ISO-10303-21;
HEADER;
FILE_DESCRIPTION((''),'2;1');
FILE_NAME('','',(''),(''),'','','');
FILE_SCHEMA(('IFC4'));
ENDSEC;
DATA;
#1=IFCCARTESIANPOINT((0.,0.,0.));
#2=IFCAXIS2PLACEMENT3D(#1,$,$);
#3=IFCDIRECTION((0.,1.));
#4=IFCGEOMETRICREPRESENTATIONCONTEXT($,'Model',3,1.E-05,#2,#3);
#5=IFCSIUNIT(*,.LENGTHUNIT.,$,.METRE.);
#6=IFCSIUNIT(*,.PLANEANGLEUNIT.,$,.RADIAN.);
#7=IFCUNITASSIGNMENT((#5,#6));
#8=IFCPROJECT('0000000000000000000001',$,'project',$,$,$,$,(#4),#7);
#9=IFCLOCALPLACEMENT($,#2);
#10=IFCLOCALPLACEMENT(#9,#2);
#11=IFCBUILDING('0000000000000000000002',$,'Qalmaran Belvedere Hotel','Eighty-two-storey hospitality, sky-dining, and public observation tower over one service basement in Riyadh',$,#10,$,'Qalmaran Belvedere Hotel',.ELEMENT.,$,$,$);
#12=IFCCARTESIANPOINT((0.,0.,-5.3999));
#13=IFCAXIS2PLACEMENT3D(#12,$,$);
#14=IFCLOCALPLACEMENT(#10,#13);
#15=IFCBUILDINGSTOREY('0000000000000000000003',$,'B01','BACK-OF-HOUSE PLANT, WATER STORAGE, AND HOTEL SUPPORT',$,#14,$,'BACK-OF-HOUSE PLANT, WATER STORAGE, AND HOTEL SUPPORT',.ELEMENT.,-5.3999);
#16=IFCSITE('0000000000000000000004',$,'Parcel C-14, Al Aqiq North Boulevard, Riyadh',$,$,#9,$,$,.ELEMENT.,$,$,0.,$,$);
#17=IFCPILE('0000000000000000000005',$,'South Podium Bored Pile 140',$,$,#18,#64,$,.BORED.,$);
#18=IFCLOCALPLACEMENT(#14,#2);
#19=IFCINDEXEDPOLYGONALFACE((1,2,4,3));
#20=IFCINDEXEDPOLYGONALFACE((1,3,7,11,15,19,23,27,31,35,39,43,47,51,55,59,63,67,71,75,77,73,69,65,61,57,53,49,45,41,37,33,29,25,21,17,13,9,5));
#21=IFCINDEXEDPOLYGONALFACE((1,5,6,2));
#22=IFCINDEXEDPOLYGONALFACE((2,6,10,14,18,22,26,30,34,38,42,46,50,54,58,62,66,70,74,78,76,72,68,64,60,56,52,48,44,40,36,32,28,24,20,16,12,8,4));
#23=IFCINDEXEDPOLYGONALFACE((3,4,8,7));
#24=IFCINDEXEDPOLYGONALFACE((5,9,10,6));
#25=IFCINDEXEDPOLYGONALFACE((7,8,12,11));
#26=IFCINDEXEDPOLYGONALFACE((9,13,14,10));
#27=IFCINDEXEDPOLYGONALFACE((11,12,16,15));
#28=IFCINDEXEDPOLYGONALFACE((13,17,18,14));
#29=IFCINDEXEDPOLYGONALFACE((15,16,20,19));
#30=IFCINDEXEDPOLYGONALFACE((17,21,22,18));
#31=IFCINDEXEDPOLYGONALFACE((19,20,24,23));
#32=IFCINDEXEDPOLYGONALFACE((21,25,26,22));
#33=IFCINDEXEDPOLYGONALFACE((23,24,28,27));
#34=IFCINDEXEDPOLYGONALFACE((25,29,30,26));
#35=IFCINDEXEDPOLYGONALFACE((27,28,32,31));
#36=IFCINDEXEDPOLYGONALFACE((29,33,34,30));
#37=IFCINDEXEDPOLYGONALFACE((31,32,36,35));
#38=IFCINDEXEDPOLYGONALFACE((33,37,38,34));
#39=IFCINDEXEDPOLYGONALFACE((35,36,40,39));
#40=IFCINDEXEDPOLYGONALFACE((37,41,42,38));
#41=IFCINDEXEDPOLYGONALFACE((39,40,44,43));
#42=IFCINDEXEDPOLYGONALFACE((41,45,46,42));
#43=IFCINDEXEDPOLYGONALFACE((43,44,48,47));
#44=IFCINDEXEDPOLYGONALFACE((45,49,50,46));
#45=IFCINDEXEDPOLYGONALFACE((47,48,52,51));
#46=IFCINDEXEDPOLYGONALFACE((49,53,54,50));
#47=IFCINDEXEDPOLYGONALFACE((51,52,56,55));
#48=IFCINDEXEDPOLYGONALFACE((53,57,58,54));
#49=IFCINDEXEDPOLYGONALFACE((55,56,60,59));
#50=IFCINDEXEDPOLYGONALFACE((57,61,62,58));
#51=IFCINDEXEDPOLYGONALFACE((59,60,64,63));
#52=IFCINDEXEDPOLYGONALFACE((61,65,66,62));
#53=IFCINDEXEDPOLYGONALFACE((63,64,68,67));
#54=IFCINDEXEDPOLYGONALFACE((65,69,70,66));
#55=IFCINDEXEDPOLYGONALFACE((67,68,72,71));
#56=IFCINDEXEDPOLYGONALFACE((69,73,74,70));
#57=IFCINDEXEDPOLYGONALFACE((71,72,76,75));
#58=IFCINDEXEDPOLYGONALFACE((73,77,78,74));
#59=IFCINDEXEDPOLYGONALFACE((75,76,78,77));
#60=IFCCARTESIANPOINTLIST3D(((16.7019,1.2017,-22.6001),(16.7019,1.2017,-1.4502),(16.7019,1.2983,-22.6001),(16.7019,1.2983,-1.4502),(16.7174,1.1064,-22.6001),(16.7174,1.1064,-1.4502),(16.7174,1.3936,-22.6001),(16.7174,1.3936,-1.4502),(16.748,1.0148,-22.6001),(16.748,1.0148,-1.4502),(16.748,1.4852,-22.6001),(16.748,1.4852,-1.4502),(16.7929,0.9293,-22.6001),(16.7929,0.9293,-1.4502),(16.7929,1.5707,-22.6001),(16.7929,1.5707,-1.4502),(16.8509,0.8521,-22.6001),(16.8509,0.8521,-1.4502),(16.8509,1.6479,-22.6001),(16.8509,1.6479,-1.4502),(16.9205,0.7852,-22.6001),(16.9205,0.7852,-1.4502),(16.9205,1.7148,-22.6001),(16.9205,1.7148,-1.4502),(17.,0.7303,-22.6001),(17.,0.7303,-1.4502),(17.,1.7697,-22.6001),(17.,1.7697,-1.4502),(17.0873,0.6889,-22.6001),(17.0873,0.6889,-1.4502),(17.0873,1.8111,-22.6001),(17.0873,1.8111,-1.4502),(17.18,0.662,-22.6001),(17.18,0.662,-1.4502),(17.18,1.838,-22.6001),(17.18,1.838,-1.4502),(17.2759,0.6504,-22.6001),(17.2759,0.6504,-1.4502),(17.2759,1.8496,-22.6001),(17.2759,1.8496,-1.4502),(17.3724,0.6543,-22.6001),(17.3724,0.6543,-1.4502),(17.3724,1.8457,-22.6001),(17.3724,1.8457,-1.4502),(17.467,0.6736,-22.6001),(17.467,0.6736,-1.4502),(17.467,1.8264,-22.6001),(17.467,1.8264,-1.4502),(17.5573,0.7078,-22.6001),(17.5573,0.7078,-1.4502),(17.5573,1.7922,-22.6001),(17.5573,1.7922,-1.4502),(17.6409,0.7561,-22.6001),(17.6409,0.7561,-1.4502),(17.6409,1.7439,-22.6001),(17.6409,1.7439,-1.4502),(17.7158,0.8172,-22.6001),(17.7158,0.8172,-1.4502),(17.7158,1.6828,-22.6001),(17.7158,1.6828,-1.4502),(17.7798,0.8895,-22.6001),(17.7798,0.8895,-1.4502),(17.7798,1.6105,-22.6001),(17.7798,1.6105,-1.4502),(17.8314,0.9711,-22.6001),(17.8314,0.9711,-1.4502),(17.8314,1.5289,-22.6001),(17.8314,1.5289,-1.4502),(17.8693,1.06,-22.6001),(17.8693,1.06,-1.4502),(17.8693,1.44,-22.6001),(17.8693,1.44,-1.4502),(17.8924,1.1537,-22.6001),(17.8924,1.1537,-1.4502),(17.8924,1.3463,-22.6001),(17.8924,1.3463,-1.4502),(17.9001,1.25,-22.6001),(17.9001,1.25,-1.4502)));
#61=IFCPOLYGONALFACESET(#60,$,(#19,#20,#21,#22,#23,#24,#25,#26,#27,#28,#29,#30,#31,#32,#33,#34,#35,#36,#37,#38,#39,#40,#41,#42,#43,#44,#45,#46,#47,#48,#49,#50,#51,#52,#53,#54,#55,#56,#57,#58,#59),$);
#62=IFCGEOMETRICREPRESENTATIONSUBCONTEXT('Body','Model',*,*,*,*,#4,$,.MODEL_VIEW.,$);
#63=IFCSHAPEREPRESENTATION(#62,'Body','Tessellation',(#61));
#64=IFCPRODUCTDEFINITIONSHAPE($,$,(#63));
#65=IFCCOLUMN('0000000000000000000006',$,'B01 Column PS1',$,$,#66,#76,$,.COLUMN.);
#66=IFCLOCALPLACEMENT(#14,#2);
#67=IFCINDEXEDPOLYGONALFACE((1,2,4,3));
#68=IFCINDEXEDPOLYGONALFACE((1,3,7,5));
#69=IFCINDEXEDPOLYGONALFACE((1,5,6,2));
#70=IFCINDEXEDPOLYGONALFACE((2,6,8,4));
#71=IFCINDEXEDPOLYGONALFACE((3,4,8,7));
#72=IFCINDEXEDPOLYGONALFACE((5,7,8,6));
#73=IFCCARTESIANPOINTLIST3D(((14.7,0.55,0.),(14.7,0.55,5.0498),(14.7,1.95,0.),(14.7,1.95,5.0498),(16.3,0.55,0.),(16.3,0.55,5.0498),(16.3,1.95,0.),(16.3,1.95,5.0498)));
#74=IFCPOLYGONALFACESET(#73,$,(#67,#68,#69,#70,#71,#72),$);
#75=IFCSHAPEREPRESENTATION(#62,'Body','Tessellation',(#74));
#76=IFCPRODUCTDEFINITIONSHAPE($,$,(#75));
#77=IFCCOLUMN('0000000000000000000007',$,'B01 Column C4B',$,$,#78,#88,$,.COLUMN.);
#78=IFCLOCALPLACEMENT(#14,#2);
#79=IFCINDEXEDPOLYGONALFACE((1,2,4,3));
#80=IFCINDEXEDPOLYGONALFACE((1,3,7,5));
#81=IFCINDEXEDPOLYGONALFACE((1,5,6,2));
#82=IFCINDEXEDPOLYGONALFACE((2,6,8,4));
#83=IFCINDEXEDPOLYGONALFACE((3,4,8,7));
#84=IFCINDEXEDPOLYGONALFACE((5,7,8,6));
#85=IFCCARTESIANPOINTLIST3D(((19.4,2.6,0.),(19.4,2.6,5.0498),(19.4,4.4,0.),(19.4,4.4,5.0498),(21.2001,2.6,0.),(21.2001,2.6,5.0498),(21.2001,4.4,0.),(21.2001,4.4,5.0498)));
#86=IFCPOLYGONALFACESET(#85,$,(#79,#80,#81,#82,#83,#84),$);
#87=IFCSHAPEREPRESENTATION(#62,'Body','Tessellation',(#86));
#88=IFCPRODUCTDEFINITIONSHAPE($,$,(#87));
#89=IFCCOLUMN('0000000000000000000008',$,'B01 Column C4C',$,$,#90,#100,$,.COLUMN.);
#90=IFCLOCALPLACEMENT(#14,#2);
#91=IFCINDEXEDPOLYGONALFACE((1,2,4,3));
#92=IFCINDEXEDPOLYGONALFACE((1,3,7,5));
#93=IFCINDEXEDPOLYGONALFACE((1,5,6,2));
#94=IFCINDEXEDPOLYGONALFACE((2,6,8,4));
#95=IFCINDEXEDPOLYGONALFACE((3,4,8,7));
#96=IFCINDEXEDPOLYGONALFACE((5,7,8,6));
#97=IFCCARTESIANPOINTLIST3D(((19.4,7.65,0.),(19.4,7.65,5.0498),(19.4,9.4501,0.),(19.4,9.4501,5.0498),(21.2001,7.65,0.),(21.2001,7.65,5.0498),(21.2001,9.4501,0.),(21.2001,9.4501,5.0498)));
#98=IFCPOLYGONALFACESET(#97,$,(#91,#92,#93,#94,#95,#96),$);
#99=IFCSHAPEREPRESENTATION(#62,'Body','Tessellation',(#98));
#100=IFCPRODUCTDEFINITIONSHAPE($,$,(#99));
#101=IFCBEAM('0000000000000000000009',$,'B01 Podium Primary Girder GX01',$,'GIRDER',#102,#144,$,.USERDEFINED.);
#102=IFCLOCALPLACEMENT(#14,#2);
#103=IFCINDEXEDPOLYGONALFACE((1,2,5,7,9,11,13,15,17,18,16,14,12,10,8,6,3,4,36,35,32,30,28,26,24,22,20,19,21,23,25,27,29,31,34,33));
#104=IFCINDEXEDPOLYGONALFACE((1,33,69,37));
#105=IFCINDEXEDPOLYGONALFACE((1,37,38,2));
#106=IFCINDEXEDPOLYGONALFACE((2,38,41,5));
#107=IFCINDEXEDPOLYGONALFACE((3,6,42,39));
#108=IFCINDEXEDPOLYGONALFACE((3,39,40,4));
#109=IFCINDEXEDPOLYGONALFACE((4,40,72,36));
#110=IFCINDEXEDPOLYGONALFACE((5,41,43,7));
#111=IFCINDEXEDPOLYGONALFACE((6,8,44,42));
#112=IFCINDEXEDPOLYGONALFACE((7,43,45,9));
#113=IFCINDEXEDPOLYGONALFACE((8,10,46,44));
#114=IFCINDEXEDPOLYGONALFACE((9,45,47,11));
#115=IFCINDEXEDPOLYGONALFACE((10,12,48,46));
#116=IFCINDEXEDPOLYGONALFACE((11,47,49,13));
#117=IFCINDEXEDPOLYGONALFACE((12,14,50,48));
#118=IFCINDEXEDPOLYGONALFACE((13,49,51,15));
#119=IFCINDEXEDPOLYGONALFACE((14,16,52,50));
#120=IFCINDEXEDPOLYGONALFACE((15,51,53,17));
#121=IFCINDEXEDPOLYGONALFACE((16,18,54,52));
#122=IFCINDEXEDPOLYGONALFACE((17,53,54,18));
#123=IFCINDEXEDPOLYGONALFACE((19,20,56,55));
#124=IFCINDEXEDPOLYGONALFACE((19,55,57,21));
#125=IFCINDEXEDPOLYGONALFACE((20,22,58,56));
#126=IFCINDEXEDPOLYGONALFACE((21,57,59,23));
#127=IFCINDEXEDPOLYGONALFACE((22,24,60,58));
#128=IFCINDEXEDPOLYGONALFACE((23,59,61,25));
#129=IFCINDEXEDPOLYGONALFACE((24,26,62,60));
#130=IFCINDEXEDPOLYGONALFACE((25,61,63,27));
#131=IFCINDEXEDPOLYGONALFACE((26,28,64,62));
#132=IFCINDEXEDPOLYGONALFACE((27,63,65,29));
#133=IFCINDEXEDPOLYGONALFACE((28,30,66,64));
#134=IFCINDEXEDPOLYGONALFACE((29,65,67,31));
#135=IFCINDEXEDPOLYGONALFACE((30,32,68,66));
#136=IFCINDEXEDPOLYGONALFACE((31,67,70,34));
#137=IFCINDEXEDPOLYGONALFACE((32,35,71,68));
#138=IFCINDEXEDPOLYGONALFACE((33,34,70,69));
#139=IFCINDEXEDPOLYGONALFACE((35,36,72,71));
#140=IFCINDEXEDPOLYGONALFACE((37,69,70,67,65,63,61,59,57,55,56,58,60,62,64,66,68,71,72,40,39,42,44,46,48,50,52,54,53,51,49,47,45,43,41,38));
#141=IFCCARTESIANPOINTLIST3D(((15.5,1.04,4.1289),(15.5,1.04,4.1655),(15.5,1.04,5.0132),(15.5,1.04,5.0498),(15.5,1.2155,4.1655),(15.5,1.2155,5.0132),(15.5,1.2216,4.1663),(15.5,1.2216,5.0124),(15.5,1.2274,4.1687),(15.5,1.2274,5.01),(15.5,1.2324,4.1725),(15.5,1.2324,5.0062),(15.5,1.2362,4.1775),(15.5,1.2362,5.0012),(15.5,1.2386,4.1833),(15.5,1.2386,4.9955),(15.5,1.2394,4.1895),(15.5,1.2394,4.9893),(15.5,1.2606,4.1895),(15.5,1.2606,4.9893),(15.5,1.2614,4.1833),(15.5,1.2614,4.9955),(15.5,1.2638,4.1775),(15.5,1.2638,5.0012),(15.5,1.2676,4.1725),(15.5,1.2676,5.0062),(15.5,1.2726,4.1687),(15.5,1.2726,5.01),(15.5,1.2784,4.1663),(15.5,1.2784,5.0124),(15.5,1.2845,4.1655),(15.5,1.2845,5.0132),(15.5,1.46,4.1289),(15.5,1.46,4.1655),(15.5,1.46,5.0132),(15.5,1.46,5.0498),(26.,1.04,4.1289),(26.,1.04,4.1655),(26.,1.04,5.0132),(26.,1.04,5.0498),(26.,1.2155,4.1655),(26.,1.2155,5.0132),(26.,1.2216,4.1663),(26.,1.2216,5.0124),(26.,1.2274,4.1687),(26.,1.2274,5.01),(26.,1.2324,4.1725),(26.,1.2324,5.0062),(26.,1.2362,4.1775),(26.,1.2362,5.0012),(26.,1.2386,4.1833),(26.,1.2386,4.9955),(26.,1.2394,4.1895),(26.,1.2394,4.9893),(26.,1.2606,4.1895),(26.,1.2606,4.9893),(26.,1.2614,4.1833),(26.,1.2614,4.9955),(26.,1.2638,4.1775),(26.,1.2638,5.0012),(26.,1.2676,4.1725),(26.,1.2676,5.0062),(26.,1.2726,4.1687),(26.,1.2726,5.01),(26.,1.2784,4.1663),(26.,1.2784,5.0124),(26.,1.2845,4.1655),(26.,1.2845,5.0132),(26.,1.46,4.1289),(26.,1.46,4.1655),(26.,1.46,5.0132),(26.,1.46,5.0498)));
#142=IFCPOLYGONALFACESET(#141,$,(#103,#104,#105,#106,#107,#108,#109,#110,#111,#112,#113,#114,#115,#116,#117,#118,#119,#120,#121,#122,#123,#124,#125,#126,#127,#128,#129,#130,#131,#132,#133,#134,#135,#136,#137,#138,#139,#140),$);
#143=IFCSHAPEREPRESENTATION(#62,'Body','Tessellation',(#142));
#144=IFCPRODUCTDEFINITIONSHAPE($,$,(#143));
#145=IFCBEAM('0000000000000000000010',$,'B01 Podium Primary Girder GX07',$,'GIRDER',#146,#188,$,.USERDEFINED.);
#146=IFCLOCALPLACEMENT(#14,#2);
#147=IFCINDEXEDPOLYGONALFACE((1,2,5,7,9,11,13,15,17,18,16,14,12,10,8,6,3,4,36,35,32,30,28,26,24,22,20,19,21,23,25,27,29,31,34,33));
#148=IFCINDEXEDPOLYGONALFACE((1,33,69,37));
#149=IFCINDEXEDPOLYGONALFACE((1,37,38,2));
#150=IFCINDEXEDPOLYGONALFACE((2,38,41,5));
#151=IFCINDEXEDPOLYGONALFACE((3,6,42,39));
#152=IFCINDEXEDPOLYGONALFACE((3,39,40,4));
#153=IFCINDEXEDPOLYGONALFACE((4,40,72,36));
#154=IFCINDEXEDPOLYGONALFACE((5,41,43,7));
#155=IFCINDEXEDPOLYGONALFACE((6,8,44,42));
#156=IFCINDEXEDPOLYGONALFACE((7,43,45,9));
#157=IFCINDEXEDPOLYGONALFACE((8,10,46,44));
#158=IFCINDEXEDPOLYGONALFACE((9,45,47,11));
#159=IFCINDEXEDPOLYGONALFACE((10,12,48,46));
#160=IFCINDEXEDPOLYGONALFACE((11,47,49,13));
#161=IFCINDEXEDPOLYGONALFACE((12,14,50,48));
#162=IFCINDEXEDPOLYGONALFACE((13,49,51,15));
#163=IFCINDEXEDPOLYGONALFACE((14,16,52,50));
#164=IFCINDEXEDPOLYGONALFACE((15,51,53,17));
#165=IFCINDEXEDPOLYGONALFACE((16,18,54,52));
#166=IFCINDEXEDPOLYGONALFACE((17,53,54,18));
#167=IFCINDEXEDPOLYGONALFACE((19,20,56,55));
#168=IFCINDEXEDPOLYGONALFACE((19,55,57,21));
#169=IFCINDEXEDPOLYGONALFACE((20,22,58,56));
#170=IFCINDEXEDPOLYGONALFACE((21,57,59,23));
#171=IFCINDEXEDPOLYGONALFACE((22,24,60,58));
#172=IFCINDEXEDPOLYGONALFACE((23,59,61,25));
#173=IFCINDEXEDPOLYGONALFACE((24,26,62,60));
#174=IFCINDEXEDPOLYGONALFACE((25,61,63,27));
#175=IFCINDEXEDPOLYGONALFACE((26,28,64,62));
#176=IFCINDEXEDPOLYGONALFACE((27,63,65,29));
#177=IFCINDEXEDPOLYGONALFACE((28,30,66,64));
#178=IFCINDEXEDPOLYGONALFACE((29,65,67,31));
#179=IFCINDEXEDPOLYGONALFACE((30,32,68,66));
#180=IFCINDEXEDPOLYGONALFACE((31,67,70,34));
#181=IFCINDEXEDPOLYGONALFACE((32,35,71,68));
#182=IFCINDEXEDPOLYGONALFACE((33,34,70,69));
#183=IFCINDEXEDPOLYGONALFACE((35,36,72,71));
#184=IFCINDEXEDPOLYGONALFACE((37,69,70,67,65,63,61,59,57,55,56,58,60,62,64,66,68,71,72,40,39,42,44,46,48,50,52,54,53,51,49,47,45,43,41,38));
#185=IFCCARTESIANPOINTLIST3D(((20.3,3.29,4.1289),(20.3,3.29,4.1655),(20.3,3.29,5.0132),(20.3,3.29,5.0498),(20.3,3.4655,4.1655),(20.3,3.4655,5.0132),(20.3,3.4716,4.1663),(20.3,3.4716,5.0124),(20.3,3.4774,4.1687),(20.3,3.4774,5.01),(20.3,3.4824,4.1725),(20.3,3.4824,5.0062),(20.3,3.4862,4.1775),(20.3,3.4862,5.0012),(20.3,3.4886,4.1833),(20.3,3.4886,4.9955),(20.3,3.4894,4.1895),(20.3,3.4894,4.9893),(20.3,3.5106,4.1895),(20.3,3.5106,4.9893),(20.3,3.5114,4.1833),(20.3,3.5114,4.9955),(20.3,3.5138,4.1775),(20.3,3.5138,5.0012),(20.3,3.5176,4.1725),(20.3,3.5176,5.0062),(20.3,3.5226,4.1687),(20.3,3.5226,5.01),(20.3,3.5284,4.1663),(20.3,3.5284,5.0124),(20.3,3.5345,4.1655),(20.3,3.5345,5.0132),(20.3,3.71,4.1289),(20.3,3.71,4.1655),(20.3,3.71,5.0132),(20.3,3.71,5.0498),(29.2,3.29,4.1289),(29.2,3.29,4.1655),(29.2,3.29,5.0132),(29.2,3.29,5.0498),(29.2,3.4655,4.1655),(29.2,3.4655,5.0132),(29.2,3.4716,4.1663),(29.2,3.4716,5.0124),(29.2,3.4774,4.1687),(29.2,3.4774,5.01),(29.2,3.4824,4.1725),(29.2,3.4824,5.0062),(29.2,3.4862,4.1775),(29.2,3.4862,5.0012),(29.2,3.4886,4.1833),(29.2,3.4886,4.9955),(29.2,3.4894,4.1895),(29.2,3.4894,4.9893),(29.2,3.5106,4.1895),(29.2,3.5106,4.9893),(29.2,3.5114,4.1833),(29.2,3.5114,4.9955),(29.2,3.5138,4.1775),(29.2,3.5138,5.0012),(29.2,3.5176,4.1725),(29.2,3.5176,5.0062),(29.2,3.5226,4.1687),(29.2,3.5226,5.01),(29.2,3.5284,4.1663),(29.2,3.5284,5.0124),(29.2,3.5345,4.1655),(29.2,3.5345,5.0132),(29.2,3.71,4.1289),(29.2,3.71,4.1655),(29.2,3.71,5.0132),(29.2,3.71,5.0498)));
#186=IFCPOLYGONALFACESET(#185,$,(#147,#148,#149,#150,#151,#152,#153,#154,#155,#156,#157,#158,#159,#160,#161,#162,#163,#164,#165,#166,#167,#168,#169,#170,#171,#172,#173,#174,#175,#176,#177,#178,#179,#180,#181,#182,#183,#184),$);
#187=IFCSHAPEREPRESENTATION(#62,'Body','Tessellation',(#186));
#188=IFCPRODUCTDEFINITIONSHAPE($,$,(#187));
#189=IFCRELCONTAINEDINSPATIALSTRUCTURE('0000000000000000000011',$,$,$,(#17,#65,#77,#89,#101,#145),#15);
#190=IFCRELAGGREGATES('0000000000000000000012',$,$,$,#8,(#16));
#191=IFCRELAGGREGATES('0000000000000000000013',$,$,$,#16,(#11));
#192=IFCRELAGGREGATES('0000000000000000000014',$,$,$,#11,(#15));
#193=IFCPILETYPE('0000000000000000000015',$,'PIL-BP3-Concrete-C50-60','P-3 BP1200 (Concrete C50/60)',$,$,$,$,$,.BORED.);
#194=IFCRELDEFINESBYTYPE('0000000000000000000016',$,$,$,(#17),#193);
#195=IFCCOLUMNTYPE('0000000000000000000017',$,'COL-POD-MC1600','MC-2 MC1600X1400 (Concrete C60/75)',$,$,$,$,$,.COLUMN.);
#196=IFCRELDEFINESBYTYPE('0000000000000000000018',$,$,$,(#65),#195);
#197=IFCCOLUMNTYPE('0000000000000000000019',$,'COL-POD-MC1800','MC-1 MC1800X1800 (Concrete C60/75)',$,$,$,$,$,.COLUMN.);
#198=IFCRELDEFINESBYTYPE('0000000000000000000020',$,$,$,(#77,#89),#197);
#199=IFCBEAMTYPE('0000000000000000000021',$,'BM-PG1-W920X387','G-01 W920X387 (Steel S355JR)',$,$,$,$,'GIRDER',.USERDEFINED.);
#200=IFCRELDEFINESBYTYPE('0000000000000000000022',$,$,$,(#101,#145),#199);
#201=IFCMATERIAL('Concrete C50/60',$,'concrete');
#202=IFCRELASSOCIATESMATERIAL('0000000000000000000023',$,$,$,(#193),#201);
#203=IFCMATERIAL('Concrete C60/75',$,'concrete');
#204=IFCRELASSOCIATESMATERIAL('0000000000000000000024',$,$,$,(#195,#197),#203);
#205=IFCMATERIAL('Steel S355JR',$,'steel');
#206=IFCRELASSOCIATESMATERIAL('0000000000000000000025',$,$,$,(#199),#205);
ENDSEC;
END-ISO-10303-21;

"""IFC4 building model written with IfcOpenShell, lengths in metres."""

from ifc_helpers import new_model, si_unit, direction, frame, origin, origin_2d, place, context, subcontext, project, spatial, rectangle, circle, i_section, extrude, material, material_profile, profile_set, type_object, element, save


model = new_model("IFC4")

# Units and contexts
model_context = context("Model", 3, precision=1e-05, world=origin(), true_north=direction((0.0, 1.0)))
body_context = subcontext(model_context, "Body", "Model", "MODEL_VIEW")
ifc_project = project(units=[si_unit("LENGTHUNIT", "METRE"), si_unit("PLANEANGLEUNIT", "RADIAN")], contexts=[model_context])

# Site, building, storey
site_placement = place(None, origin())
site = spatial("IfcSite", under=ifc_project, at=site_placement, Name="Parcel C-14, Al Aqiq North Boulevard, Riyadh", CompositionType="ELEMENT", RefElevation=0.0)
building_placement = place(site_placement, origin())
building = spatial("IfcBuilding", under=site, at=building_placement, Name="Qalmaran Belvedere Hotel", Description="Eighty-two-storey hospitality, sky-dining, and public observation tower over one service basement in Riyadh", LongName="Qalmaran Belvedere Hotel", CompositionType="ELEMENT")
storey_placement = place(building_placement, frame((0.0, 0.0, -5.3999)))
storey = spatial("IfcBuildingStorey", under=building, at=storey_placement, Name="B01", Description="BACK-OF-HOUSE PLANT, WATER STORAGE, AND HOTEL SUPPORT", LongName="BACK-OF-HOUSE PLANT, WATER STORAGE, AND HOTEL SUPPORT", CompositionType="ELEMENT", Elevation=-5.3999)

# Shared definitions
ifc_material_1 = material(Name="Concrete C50/60", Category="concrete")

# Pile
ifc_material_profile_1 = material_profile(ifc_material_1, circle(Radius=0.6001, at=origin_2d()), Name="BP1200")
ifc_profile_set_1 = profile_set([ifc_material_profile_1], Name="Concrete C50/60")
pile_type_1 = type_object("IfcPileType", Name="PIL-BP3-Concrete-C50-60", Description="P-3 BP1200 (Concrete C50/60)", PredefinedType="BORED", material=ifc_profile_set_1)
pile_placement = place(storey_placement, frame((17.3, 1.25, -1.4502), z_axis=(0.0, 0.0, -1.0), x_axis=(1.0, 0.0, 0.0)))
element("IfcPile", 1, at=pile_placement, inside=storey, type_object=pile_type_1, Name="South Podium Bored Pile 140", PredefinedType="BORED", context=body_context, shape_type="SweptSolid", body=[
    extrude(circle(Radius=0.6001, at=origin_2d()), origin(), (0.0, 0.0, 1.0), 21.1499),
])

# Columns
ifc_material_2 = material(Name="Concrete C60/75", Category="concrete")
ifc_material_profile_2 = material_profile(ifc_material_2, rectangle(XDim=1.6001, YDim=1.3999, at=origin_2d()), Name="MC1600X1400")
ifc_profile_set_2 = profile_set([ifc_material_profile_2], Name="Concrete C60/75")
column_type_1 = type_object("IfcColumnType", Name="COL-POD-MC1600", Description="MC-2 MC1600X1400 (Concrete C60/75)", PredefinedType="COLUMN", material=ifc_profile_set_2)
column_placement = place(storey_placement, frame((15.5, 1.25, 0.0), z_axis=(0.0, 0.0, 1.0), x_axis=(1.0, 0.0, 0.0)))
element("IfcColumn", 2, at=column_placement, inside=storey, type_object=column_type_1, Name="B01 Column PS1", PredefinedType="COLUMN", context=body_context, shape_type="SweptSolid", body=[
    extrude(rectangle(XDim=1.6001, YDim=1.3999, at=origin_2d()), origin(), (0.0, 0.0, 1.0), 5.0498),
])
ifc_material_profile_3 = material_profile(ifc_material_2, rectangle(XDim=1.8, YDim=1.8, at=origin_2d()), Name="MC1800X1800")
ifc_profile_set_3 = profile_set([ifc_material_profile_3], Name="Concrete C60/75")
column_type_2 = type_object("IfcColumnType", Name="COL-POD-MC1800", Description="MC-1 MC1800X1800 (Concrete C60/75)", PredefinedType="COLUMN", material=ifc_profile_set_3)
for number, where, z_axis, x_axis, name in (
    (3, (20.3, 3.5, 0.0), (0.0, 0.0, 1.0), (1.0, 0.0, 0.0), "B01 Column C4B"),
    (4, (20.3, 8.55, 0.0), (0.0, 0.0, 1.0), (1.0, 0.0, 0.0), "B01 Column C4C"),
):
    element("IfcColumn", number, at=place(storey_placement, frame(where, z_axis=z_axis, x_axis=x_axis)), inside=storey, type_object=column_type_2, Name=name, PredefinedType="COLUMN", context=body_context, shape_type="SweptSolid", body=[
        extrude(rectangle(XDim=1.8, YDim=1.8, at=origin_2d()), origin(), (0.0, 0.0, 1.0), 5.0498),
    ])

# Beams
ifc_material_3 = material(Name="Steel S355JR", Category="steel")
ifc_material_profile_4 = material_profile(ifc_material_3, i_section(OverallWidth=0.4199, OverallDepth=0.9209, WebThickness=0.0212, FlangeThickness=0.0366, FilletRadius=0.0239, at=origin_2d()), Name="W920X387")
ifc_profile_set_4 = profile_set([ifc_material_profile_4], Name="Steel S355JR")
beam_type_1 = type_object("IfcBeamType", Name="BM-PG1-W920X387", Description="G-01 W920X387 (Steel S355JR)", ElementType="GIRDER", PredefinedType="USERDEFINED", material=ifc_profile_set_4)
beam_1_placement = place(storey_placement, frame((15.5, 1.25, 4.5894), z_axis=(1.0, 0.0, 0.0), x_axis=(0.0, 1.0, 0.0)))
element("IfcBeam", 5, at=beam_1_placement, inside=storey, type_object=beam_type_1, Name="B01 Podium Primary Girder GX01", ObjectType="GIRDER", PredefinedType="USERDEFINED", context=body_context, shape_type="SweptSolid", body=[
    extrude(i_section(OverallWidth=0.4199, OverallDepth=0.9209, WebThickness=0.0212, FlangeThickness=0.0366, FilletRadius=0.0239, at=origin_2d()), origin(), (0.0, 0.0, 1.0), 10.5),
])
beam_2_placement = place(storey_placement, frame((20.3, 3.5, 4.5894), z_axis=(1.0, 0.0, 0.0), x_axis=(0.0, 1.0, 0.0)))
element("IfcBeam", 6, at=beam_2_placement, inside=storey, type_object=beam_type_1, Name="B01 Podium Primary Girder GX07", ObjectType="GIRDER", PredefinedType="USERDEFINED", context=body_context, shape_type="SweptSolid", body=[
    extrude(i_section(OverallWidth=0.4199, OverallDepth=0.9209, WebThickness=0.0212, FlangeThickness=0.0366, FilletRadius=0.0239, at=origin_2d()), origin(), (0.0, 0.0, 1.0), 8.8999),
])

save(model, "model.ifc")
